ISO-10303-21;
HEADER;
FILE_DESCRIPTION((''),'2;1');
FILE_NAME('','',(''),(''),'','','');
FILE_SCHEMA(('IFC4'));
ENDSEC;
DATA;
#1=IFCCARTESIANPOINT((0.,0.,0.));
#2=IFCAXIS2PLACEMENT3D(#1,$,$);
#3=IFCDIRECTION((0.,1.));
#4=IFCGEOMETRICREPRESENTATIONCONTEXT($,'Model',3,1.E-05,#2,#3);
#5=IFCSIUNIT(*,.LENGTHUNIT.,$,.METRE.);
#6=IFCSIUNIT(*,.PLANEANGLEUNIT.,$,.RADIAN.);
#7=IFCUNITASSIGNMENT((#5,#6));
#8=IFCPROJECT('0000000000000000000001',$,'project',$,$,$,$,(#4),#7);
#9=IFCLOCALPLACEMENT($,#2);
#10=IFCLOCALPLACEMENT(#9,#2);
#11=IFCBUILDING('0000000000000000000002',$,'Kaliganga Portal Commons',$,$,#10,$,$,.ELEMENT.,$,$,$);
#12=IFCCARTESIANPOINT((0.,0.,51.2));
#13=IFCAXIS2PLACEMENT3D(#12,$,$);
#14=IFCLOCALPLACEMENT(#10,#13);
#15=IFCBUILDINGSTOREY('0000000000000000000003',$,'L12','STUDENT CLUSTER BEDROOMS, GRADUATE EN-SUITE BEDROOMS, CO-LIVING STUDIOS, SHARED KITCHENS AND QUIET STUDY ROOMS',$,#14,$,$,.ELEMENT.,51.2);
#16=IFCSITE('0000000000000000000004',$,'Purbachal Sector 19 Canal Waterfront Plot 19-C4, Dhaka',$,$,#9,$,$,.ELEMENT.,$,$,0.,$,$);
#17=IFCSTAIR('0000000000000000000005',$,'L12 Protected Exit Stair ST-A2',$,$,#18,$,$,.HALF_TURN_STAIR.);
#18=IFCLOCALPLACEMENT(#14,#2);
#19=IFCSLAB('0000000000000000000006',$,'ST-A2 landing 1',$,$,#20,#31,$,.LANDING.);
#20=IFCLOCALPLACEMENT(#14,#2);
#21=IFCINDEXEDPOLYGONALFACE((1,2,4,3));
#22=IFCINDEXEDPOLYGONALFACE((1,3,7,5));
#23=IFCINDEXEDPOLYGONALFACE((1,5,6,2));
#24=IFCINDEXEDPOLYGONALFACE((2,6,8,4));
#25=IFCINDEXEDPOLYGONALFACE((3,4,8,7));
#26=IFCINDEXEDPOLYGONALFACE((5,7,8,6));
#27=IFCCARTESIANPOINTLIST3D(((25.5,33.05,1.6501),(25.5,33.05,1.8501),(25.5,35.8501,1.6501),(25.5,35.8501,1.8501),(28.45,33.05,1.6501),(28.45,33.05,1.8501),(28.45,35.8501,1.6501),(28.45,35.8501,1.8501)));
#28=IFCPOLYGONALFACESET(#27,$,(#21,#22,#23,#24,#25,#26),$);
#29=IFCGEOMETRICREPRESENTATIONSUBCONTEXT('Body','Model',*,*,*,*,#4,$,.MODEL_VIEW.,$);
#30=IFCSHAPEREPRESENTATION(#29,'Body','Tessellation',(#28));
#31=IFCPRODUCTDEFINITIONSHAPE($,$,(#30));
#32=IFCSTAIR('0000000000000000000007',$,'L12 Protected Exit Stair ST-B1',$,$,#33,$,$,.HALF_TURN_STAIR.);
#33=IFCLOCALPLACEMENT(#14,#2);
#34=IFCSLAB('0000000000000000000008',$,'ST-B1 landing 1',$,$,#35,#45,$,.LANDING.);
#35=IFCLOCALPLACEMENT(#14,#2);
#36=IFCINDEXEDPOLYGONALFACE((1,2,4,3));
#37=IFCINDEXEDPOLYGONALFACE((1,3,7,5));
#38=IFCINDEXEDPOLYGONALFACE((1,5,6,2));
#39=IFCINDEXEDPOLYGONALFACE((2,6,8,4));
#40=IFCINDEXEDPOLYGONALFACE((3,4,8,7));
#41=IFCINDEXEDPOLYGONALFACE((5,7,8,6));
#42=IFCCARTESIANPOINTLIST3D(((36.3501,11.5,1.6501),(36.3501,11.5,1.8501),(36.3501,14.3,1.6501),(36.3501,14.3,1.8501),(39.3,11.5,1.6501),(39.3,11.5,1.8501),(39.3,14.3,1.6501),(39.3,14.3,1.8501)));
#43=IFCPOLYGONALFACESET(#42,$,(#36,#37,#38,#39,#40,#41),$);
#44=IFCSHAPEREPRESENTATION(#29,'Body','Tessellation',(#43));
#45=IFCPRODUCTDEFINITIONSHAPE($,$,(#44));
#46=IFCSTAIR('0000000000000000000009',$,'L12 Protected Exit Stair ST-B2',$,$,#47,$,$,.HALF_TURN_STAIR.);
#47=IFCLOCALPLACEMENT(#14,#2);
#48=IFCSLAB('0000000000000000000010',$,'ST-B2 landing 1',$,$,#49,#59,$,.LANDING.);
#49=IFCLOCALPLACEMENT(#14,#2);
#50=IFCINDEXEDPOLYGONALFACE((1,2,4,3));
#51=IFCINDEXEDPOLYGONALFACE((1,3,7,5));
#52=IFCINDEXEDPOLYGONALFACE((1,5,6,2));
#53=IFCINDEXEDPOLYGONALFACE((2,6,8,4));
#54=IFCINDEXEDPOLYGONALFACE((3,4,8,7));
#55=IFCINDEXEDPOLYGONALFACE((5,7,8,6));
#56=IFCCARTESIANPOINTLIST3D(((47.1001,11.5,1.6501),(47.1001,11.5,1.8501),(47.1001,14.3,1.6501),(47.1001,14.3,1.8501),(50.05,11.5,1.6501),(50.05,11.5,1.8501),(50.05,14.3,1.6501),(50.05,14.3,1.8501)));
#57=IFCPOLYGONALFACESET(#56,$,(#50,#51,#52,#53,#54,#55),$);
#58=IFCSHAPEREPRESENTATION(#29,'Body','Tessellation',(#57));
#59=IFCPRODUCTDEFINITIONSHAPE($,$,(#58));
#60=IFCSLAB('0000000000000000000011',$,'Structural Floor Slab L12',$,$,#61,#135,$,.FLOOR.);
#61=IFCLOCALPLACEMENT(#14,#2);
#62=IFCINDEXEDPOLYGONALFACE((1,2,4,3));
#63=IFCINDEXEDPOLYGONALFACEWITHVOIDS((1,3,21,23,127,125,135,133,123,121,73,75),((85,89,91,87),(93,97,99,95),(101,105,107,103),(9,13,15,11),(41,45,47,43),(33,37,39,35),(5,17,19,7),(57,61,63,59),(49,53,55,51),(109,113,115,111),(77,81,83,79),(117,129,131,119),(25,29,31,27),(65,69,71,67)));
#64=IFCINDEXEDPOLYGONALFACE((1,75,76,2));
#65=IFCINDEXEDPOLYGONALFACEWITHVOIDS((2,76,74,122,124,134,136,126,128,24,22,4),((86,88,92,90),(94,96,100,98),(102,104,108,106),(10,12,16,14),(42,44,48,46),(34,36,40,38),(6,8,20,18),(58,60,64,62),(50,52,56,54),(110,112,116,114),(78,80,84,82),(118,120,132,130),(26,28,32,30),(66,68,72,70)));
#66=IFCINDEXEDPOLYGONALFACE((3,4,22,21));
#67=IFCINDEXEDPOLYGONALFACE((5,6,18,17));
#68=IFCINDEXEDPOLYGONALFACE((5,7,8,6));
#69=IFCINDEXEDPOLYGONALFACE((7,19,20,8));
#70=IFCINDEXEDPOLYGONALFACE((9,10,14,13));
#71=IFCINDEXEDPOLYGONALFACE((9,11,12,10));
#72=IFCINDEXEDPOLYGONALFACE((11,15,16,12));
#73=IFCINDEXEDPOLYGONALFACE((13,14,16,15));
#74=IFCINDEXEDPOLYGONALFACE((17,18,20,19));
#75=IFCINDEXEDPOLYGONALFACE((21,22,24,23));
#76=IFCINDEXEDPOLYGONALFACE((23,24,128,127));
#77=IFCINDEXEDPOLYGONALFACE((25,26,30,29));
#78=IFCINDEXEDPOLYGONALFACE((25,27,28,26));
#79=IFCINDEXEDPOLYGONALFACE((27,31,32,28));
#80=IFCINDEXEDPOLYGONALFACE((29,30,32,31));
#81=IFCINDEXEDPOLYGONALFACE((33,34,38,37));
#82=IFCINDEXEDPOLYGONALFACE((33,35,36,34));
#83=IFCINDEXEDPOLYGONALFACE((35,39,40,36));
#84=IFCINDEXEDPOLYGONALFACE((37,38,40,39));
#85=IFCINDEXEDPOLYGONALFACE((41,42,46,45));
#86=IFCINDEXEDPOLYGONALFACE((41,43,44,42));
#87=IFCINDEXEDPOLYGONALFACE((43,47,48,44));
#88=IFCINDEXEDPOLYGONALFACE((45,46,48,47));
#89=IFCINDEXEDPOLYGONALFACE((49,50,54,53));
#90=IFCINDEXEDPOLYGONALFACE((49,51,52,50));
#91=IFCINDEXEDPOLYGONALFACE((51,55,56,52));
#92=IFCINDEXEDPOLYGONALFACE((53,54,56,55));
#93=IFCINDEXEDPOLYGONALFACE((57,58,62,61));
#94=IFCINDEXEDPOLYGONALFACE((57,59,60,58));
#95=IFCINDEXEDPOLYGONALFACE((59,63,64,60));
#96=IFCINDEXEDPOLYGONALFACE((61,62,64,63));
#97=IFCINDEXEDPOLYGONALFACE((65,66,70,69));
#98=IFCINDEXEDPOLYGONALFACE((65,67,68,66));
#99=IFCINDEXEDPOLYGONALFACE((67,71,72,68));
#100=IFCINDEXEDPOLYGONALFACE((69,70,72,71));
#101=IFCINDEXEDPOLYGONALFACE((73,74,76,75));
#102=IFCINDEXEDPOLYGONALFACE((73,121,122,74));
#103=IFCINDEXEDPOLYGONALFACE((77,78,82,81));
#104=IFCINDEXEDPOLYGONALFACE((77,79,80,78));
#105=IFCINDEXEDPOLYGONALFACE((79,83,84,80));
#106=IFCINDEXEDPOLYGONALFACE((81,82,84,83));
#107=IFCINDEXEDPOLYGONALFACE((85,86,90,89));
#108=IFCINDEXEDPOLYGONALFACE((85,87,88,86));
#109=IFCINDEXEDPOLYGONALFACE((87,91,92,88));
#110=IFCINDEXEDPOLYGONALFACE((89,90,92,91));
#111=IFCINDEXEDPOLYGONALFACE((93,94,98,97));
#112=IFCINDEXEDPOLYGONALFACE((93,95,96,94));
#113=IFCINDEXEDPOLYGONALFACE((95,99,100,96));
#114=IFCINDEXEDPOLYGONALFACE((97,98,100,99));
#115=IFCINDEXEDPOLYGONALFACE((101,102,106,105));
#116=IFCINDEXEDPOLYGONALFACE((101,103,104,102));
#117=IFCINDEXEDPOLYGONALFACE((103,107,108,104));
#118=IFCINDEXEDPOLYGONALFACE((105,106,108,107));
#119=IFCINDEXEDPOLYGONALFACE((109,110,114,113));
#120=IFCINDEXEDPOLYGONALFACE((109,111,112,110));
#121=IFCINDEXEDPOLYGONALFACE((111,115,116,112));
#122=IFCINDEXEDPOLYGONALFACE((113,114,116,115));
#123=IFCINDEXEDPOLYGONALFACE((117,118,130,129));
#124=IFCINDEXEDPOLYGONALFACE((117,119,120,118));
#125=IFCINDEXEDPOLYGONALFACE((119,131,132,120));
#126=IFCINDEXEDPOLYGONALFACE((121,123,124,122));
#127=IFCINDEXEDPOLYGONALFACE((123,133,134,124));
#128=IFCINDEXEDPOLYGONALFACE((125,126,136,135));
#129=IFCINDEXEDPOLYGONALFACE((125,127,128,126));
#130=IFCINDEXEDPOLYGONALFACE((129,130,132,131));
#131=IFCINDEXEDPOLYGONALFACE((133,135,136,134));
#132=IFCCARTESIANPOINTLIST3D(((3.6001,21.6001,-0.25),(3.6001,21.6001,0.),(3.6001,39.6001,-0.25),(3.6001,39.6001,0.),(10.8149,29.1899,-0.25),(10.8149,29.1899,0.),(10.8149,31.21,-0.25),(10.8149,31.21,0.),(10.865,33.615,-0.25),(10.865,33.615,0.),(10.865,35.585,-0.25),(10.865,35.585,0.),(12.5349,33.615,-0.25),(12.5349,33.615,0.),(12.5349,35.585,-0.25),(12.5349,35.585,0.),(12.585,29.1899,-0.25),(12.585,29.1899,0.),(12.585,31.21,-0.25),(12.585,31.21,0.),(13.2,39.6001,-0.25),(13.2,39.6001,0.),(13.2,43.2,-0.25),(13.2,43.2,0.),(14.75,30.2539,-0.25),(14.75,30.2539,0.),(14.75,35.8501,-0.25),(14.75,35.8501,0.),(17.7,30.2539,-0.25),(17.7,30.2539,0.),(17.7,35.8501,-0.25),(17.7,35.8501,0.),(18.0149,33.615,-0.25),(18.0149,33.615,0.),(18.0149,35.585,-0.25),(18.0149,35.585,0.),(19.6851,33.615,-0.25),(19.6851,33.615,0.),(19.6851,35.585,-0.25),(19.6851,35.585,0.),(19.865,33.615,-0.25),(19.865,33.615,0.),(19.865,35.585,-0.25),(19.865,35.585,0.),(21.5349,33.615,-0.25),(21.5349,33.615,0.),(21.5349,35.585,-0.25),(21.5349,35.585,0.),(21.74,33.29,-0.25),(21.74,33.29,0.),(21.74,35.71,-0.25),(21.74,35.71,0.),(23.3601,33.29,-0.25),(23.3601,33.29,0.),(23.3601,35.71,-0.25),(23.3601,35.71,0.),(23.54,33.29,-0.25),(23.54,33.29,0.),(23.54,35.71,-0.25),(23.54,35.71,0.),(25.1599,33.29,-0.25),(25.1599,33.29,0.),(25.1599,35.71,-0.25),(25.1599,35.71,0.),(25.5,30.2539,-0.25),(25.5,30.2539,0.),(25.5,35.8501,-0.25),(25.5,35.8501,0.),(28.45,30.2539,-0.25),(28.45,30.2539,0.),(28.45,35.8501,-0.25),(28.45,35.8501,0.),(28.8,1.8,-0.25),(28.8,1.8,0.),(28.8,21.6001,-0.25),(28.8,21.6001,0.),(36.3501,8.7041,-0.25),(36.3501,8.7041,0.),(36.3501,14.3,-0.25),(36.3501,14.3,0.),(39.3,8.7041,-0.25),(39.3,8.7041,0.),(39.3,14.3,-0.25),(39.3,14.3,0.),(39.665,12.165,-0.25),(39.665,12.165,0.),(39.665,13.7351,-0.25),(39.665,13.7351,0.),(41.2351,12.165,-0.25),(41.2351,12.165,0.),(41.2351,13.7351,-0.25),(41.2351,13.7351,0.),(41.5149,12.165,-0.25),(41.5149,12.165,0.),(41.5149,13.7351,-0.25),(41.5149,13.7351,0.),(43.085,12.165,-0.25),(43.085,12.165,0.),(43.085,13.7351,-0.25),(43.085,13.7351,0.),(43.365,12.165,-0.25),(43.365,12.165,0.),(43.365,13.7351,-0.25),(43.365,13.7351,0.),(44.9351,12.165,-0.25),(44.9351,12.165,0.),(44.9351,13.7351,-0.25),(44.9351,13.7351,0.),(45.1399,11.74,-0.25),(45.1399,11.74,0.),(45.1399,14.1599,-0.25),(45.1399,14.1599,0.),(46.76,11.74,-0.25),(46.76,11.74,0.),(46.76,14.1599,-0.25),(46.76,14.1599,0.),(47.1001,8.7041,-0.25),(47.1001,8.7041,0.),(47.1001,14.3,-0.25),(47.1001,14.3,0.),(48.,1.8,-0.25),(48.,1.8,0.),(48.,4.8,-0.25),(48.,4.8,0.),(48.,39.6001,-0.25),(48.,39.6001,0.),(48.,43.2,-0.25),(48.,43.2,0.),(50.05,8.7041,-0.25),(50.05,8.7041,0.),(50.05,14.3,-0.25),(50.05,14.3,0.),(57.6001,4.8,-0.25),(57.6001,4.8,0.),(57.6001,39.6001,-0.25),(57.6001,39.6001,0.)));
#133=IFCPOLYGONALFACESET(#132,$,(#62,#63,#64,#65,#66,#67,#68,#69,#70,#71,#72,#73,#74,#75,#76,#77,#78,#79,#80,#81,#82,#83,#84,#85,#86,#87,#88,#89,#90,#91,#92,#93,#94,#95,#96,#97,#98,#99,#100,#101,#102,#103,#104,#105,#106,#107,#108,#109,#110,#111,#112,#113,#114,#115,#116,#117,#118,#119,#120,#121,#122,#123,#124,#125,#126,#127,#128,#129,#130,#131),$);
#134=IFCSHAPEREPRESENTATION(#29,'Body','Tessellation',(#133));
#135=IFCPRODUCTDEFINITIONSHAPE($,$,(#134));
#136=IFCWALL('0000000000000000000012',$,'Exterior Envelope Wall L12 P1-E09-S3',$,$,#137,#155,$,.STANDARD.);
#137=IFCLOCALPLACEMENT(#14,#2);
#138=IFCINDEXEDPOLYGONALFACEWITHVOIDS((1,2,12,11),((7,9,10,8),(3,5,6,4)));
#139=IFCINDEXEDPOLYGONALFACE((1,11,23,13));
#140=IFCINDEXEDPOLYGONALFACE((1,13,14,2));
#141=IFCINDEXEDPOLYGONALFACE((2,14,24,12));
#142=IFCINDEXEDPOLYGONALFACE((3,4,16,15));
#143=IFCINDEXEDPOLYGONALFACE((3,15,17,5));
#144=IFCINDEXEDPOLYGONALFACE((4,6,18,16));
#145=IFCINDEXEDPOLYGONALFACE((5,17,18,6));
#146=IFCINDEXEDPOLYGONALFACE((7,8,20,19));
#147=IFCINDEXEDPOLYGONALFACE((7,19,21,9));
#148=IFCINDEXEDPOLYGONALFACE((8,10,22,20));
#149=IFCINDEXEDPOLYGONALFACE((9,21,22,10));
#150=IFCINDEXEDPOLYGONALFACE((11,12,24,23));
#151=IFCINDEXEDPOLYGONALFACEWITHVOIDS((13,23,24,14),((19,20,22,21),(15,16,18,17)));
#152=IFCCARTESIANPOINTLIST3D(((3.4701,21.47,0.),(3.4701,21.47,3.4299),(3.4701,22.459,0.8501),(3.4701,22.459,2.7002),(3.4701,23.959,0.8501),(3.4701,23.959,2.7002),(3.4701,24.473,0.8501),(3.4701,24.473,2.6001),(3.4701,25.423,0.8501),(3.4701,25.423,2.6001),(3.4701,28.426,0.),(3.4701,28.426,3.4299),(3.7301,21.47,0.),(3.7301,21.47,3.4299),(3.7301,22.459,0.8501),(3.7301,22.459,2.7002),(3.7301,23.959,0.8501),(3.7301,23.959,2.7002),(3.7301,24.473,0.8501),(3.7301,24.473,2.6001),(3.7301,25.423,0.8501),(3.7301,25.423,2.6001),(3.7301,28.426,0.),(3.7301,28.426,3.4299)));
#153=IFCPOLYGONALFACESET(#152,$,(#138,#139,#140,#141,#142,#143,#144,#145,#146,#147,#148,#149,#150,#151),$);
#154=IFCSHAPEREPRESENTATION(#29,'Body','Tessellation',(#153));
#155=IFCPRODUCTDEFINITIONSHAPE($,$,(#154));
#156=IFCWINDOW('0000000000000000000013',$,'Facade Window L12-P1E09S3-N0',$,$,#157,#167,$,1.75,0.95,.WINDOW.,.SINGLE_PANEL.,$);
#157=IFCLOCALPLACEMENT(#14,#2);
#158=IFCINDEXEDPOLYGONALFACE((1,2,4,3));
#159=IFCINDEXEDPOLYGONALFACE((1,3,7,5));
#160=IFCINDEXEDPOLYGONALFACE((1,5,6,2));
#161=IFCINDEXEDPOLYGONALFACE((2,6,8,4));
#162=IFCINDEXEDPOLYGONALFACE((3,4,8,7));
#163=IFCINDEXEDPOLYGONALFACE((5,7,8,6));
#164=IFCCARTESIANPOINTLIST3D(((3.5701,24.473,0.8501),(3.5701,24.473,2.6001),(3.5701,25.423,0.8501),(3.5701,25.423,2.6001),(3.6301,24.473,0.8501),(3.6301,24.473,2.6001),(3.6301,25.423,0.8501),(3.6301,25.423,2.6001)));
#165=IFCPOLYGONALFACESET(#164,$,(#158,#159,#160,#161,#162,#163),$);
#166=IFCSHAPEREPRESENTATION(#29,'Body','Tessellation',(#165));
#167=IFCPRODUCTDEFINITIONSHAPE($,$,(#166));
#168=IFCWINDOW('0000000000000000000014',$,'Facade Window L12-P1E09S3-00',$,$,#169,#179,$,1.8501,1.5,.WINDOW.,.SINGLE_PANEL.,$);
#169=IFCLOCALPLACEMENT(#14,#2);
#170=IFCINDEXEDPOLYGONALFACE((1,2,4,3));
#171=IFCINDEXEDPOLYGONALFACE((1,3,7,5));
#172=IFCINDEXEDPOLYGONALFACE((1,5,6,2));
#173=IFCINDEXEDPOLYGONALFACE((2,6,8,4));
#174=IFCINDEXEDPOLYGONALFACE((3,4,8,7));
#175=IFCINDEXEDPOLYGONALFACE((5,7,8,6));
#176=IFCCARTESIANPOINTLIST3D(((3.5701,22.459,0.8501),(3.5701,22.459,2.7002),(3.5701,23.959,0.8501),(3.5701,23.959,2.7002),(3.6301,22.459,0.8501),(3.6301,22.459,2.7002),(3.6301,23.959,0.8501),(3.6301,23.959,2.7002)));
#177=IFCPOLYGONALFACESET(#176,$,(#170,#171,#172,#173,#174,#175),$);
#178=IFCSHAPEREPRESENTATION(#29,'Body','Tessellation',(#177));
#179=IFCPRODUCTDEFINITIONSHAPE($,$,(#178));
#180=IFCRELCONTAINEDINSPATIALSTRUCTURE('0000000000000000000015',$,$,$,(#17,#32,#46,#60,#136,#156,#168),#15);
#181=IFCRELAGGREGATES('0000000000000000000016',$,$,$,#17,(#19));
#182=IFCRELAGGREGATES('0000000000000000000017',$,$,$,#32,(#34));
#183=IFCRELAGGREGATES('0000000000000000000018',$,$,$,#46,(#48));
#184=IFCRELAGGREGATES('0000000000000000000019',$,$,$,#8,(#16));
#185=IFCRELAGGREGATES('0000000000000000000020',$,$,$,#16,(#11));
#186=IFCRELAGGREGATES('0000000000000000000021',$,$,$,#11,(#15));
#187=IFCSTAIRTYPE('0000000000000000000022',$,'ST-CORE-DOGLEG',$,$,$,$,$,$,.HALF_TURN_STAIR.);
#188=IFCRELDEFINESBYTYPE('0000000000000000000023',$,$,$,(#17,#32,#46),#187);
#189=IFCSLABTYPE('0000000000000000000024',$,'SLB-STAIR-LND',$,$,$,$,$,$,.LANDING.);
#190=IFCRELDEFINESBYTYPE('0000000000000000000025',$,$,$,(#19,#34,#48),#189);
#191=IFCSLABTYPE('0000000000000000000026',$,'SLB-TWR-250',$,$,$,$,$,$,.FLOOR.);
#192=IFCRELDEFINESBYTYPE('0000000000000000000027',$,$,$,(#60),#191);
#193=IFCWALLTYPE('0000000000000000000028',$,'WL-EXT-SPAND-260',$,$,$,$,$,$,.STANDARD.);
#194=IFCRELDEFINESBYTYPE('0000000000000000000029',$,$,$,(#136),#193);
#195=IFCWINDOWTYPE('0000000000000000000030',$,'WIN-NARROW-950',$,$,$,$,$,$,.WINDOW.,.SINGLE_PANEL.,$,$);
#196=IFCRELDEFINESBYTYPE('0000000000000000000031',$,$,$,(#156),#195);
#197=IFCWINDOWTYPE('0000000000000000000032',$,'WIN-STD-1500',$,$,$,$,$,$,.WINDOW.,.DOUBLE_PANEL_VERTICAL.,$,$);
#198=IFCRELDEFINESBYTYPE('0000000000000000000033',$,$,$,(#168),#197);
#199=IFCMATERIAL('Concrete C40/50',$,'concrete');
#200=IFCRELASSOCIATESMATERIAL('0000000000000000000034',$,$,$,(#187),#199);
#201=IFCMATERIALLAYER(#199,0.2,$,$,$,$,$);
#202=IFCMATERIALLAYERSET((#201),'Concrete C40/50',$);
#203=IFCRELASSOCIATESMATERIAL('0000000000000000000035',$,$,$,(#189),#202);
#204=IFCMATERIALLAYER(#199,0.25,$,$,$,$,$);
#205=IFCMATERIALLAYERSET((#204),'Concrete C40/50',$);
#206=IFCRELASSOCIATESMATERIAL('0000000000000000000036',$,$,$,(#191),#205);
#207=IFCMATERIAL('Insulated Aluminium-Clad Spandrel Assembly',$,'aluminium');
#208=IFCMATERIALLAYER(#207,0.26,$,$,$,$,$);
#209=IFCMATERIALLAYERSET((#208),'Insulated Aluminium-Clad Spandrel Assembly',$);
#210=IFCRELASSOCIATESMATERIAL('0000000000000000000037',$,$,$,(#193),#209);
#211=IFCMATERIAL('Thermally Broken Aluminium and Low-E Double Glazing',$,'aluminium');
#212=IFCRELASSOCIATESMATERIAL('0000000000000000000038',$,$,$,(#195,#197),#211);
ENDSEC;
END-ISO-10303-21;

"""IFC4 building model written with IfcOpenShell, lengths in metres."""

from ifc_helpers import new_model, si_unit, direction, frame, frame_2d, origin, place, context, subcontext, project, spatial, polyline, rectangle, outline, extrude, material, layer, layer_set, type_object, element, fill, aggregate, save


model = new_model("IFC4")

# Units and contexts
model_context = context("Model", 3, precision=1e-05, world=origin(), true_north=direction((0.0, 1.0)))
body_context = subcontext(model_context, "Body", "Model", "MODEL_VIEW")
ifc_project = project(units=[si_unit("LENGTHUNIT", "METRE"), si_unit("PLANEANGLEUNIT", "RADIAN")], contexts=[model_context])

# Site, building, storey
site_placement = place(None, origin())
site = spatial("IfcSite", under=ifc_project, at=site_placement, Name="Purbachal Sector 19 Canal Waterfront Plot 19-C4, Dhaka", CompositionType="ELEMENT", RefElevation=0.0)
building_placement = place(site_placement, origin())
building = spatial("IfcBuilding", under=site, at=building_placement, Name="Kaliganga Portal Commons", CompositionType="ELEMENT")
storey_placement = place(building_placement, frame((0.0, 0.0, 51.2)))
storey = spatial("IfcBuildingStorey", under=building, at=storey_placement, Name="L12", Description="STUDENT CLUSTER BEDROOMS, GRADUATE EN-SUITE BEDROOMS, CO-LIVING STUDIOS, SHARED KITCHENS AND QUIET STUDY ROOMS", CompositionType="ELEMENT", Elevation=51.2)

# Shared definitions
ifc_material_1 = material(Name="Concrete C40/50", Category="concrete")

# Stairs, slabs
stair_type = type_object("IfcStairType", Name="ST-CORE-DOGLEG", PredefinedType="HALF_TURN_STAIR", material=ifc_material_1)
ifc_layer_1 = layer(ifc_material_1, 0.2)
ifc_layer_set_1 = layer_set([ifc_layer_1], Name="Concrete C40/50")
slab_type_1 = type_object("IfcSlabType", Name="SLB-STAIR-LND", PredefinedType="LANDING", material=ifc_layer_set_1)
stair_1_placement = place(storey_placement, origin())
stair_1 = element("IfcStair", 1, at=stair_1_placement, inside=storey, type_object=stair_type, Name="L12 Protected Exit Stair ST-A2", PredefinedType="HALF_TURN_STAIR")
slab_1_placement = place(storey_placement, frame((0.0, 0.0, 1.6501)))
slab_1 = element("IfcSlab", 2, at=slab_1_placement, type_object=slab_type_1, Name="ST-A2 landing 1", PredefinedType="LANDING", context=body_context, shape_type="SweptSolid", body=[
    extrude(outline(polyline([(28.45, 33.05), (28.45, 35.8501), (25.5, 35.8501), (25.5, 33.05), (28.45, 33.05)])), origin(), (0.0, 0.0, 1.0), 0.2),
])
aggregate(stair_1, [slab_1])
stair_2_placement = place(storey_placement, origin())
stair_2 = element("IfcStair", 3, at=stair_2_placement, inside=storey, type_object=stair_type, Name="L12 Protected Exit Stair ST-B1", PredefinedType="HALF_TURN_STAIR")
slab_2_placement = place(storey_placement, frame((0.0, 0.0, 1.6501)))
slab_2 = element("IfcSlab", 4, at=slab_2_placement, type_object=slab_type_1, Name="ST-B1 landing 1", PredefinedType="LANDING", context=body_context, shape_type="SweptSolid", body=[
    extrude(outline(polyline([(39.3, 11.5), (39.3, 14.3), (36.3501, 14.3), (36.3501, 11.5), (39.3, 11.5)])), origin(), (0.0, 0.0, 1.0), 0.2),
])
aggregate(stair_2, [slab_2])
stair_3_placement = place(storey_placement, origin())
stair_3 = element("IfcStair", 5, at=stair_3_placement, inside=storey, type_object=stair_type, Name="L12 Protected Exit Stair ST-B2", PredefinedType="HALF_TURN_STAIR")
slab_3_placement = place(storey_placement, frame((0.0, 0.0, 1.6501)))
slab_3 = element("IfcSlab", 6, at=slab_3_placement, type_object=slab_type_1, Name="ST-B2 landing 1", PredefinedType="LANDING", context=body_context, shape_type="SweptSolid", body=[
    extrude(outline(polyline([(50.05, 11.5), (50.05, 14.3), (47.1001, 14.3), (47.1001, 11.5), (50.05, 11.5)])), origin(), (0.0, 0.0, 1.0), 0.2),
])
aggregate(stair_3, [slab_3])

# Slab
ifc_layer_2 = layer(ifc_material_1, 0.25)
ifc_layer_set_2 = layer_set([ifc_layer_2], Name="Concrete C40/50")
slab_type_2 = type_object("IfcSlabType", Name="SLB-TWR-250", PredefinedType="FLOOR", material=ifc_layer_set_2)
slab_4_placement = place(storey_placement, frame((0.0, 0.0, -0.25)))
element("IfcSlab", 7, at=slab_4_placement, inside=storey, type_object=slab_type_2, Name="Structural Floor Slab L12", PredefinedType="FLOOR", context=body_context, shape_type="SweptSolid", body=[
    extrude(outline(polyline([(28.8, 1.8), (48.0, 1.8), (48.0, 4.8), (57.6001, 4.8), (57.6001, 39.6001), (48.0, 39.6001), (48.0, 43.2), (13.2, 43.2), (13.2, 39.6001), (3.6001, 39.6001), (3.6001, 21.6001), (28.8, 21.6001), (28.8, 1.8)]), holes=[polyline([(14.75, 30.2539), (14.75, 35.8501), (17.7, 35.8501), (17.7, 30.2539), (14.75, 30.2539)]), polyline([(25.5, 30.2539), (25.5, 35.8501), (28.45, 35.8501), (28.45, 30.2539), (25.5, 30.2539)]), polyline([(36.3501, 8.7041), (36.3501, 14.3), (39.3, 14.3), (39.3, 8.7041), (36.3501, 8.7041)]), polyline([(47.1001, 8.7041), (47.1001, 14.3), (50.05, 14.3), (50.05, 8.7041), (47.1001, 8.7041)]), polyline([(18.0149, 33.615), (18.0149, 35.585), (19.6851, 35.585), (19.6851, 33.615), (18.0149, 33.615)]), polyline([(19.865, 33.615), (19.865, 35.585), (21.5349, 35.585), (21.5349, 33.615), (19.865, 33.615)]), polyline([(10.8149, 29.1899), (10.8149, 31.21), (12.585, 31.21), (12.585, 29.1899), (10.8149, 29.1899)]), polyline([(10.865, 33.615), (10.865, 35.585), (12.5349, 35.585), (12.5349, 33.615), (10.865, 33.615)]), polyline([(21.74, 33.29), (21.74, 35.71), (23.3601, 35.71), (23.3601, 33.29), (21.74, 33.29)]), polyline([(23.54, 33.29), (23.54, 35.71), (25.1599, 35.71), (25.1599, 33.29), (23.54, 33.29)]), polyline([(39.665, 12.165), (39.665, 13.7351), (41.2351, 13.7351), (41.2351, 12.165), (39.665, 12.165)]), polyline([(41.5149, 12.165), (41.5149, 13.7351), (43.085, 13.7351), (43.085, 12.165), (41.5149, 12.165)]), polyline([(43.365, 12.165), (43.365, 13.7351), (44.9351, 13.7351), (44.9351, 12.165), (43.365, 12.165)]), polyline([(45.1399, 11.74), (45.1399, 14.1599), (46.76, 14.1599), (46.76, 11.74), (45.1399, 11.74)])]), origin(), (0.0, 0.0, 1.0), 0.25),
])

# Wall, openings, windows
ifc_material_2 = material(Name="Insulated Aluminium-Clad Spandrel Assembly", Category="aluminium")
ifc_layer_3 = layer(ifc_material_2, 0.26)
ifc_layer_set_3 = layer_set([ifc_layer_3], Name="Insulated Aluminium-Clad Spandrel Assembly")
wall_type_1 = type_object("IfcWallType", Name="WL-EXT-SPAND-260", PredefinedType="STANDARD", material=ifc_layer_set_3)
wall_1_placement = place(storey_placement, frame((3.6001, 21.47, 0.0), z_axis=(0.0, 0.0, 1.0), x_axis=(0.0, 1.0, 0.0)))
wall_1 = element("IfcWall", 8, at=wall_1_placement, inside=storey, type_object=wall_type_1, Name="Exterior Envelope Wall L12 P1-E09-S3", PredefinedType="STANDARD", context=body_context, shape_type="SweptSolid", body=[
    extrude(rectangle(XDim=6.9561, YDim=0.26, at=frame_2d((3.478, 0.0))), origin(), (0.0, 0.0, 1.0), 3.4299),
])
opening_1_placement = place(wall_1_placement, frame((0.989, 0.0, 0.8501)))
opening_1 = element("IfcOpeningElement", 9, at=opening_1_placement, cuts=wall_1, PredefinedType="OPENING", context=body_context, shape_type="SweptSolid", body=[
    extrude(rectangle(XDim=1.5, YDim=1.8501, at=frame_2d((0.75, 0.925))), frame((0.0, 0.1401, 0.0), z_axis=(0.0, -1.0, 0.0), x_axis=(1.0, 0.0, 0.0)), (0.0, 0.0, 1.0), 0.28),
])
opening_2_placement = place(wall_1_placement, frame((3.0029, 0.0, 0.8501)))
opening_2 = element("IfcOpeningElement", 10, at=opening_2_placement, cuts=wall_1, PredefinedType="OPENING", context=body_context, shape_type="SweptSolid", body=[
    extrude(rectangle(XDim=0.95, YDim=1.75, at=frame_2d((0.4751, 0.875))), frame((0.0, 0.1401, 0.0), z_axis=(0.0, -1.0, 0.0), x_axis=(1.0, 0.0, 0.0)), (0.0, 0.0, 1.0), 0.28),
])
ifc_material_3 = material(Name="Thermally Broken Aluminium and Low-E Double Glazing", Category="aluminium")
window_type_1 = type_object("IfcWindowType", Name="WIN-NARROW-950", PartitioningType="SINGLE_PANEL", PredefinedType="WINDOW", material=ifc_material_3)
window_1_placement = place(opening_2_placement, origin())
window_1 = element("IfcWindow", 11, at=window_1_placement, inside=storey, type_object=window_type_1, Name="Facade Window L12-P1E09S3-N0", OverallHeight=1.75, OverallWidth=0.95, PartitioningType="SINGLE_PANEL", PredefinedType="WINDOW", context=body_context, shape_type="SweptSolid", body=[
    extrude(rectangle(XDim=0.95, YDim=1.75, at=frame_2d((0.4751, 0.875))), frame((0.0, 0.03, 0.0), z_axis=(0.0, -1.0, 0.0), x_axis=(1.0, 0.0, 0.0)), (0.0, 0.0, 1.0), 0.0601),
])
fill(opening_2, window_1)
window_type_2 = type_object("IfcWindowType", Name="WIN-STD-1500", PartitioningType="DOUBLE_PANEL_VERTICAL", PredefinedType="WINDOW", material=ifc_material_3)
window_2_placement = place(opening_1_placement, origin())
window_2 = element("IfcWindow", 12, at=window_2_placement, inside=storey, type_object=window_type_2, Name="Facade Window L12-P1E09S3-00", OverallHeight=1.8501, OverallWidth=1.5, PartitioningType="SINGLE_PANEL", PredefinedType="WINDOW", context=body_context, shape_type="SweptSolid", body=[
    extrude(rectangle(XDim=1.5, YDim=1.8501, at=frame_2d((0.75, 0.925))), frame((0.0, 0.03, 0.0), z_axis=(0.0, -1.0, 0.0), x_axis=(1.0, 0.0, 0.0)), (0.0, 0.0, 1.0), 0.0601),
])
fill(opening_1, window_2)

save(model, "model.ifc")
